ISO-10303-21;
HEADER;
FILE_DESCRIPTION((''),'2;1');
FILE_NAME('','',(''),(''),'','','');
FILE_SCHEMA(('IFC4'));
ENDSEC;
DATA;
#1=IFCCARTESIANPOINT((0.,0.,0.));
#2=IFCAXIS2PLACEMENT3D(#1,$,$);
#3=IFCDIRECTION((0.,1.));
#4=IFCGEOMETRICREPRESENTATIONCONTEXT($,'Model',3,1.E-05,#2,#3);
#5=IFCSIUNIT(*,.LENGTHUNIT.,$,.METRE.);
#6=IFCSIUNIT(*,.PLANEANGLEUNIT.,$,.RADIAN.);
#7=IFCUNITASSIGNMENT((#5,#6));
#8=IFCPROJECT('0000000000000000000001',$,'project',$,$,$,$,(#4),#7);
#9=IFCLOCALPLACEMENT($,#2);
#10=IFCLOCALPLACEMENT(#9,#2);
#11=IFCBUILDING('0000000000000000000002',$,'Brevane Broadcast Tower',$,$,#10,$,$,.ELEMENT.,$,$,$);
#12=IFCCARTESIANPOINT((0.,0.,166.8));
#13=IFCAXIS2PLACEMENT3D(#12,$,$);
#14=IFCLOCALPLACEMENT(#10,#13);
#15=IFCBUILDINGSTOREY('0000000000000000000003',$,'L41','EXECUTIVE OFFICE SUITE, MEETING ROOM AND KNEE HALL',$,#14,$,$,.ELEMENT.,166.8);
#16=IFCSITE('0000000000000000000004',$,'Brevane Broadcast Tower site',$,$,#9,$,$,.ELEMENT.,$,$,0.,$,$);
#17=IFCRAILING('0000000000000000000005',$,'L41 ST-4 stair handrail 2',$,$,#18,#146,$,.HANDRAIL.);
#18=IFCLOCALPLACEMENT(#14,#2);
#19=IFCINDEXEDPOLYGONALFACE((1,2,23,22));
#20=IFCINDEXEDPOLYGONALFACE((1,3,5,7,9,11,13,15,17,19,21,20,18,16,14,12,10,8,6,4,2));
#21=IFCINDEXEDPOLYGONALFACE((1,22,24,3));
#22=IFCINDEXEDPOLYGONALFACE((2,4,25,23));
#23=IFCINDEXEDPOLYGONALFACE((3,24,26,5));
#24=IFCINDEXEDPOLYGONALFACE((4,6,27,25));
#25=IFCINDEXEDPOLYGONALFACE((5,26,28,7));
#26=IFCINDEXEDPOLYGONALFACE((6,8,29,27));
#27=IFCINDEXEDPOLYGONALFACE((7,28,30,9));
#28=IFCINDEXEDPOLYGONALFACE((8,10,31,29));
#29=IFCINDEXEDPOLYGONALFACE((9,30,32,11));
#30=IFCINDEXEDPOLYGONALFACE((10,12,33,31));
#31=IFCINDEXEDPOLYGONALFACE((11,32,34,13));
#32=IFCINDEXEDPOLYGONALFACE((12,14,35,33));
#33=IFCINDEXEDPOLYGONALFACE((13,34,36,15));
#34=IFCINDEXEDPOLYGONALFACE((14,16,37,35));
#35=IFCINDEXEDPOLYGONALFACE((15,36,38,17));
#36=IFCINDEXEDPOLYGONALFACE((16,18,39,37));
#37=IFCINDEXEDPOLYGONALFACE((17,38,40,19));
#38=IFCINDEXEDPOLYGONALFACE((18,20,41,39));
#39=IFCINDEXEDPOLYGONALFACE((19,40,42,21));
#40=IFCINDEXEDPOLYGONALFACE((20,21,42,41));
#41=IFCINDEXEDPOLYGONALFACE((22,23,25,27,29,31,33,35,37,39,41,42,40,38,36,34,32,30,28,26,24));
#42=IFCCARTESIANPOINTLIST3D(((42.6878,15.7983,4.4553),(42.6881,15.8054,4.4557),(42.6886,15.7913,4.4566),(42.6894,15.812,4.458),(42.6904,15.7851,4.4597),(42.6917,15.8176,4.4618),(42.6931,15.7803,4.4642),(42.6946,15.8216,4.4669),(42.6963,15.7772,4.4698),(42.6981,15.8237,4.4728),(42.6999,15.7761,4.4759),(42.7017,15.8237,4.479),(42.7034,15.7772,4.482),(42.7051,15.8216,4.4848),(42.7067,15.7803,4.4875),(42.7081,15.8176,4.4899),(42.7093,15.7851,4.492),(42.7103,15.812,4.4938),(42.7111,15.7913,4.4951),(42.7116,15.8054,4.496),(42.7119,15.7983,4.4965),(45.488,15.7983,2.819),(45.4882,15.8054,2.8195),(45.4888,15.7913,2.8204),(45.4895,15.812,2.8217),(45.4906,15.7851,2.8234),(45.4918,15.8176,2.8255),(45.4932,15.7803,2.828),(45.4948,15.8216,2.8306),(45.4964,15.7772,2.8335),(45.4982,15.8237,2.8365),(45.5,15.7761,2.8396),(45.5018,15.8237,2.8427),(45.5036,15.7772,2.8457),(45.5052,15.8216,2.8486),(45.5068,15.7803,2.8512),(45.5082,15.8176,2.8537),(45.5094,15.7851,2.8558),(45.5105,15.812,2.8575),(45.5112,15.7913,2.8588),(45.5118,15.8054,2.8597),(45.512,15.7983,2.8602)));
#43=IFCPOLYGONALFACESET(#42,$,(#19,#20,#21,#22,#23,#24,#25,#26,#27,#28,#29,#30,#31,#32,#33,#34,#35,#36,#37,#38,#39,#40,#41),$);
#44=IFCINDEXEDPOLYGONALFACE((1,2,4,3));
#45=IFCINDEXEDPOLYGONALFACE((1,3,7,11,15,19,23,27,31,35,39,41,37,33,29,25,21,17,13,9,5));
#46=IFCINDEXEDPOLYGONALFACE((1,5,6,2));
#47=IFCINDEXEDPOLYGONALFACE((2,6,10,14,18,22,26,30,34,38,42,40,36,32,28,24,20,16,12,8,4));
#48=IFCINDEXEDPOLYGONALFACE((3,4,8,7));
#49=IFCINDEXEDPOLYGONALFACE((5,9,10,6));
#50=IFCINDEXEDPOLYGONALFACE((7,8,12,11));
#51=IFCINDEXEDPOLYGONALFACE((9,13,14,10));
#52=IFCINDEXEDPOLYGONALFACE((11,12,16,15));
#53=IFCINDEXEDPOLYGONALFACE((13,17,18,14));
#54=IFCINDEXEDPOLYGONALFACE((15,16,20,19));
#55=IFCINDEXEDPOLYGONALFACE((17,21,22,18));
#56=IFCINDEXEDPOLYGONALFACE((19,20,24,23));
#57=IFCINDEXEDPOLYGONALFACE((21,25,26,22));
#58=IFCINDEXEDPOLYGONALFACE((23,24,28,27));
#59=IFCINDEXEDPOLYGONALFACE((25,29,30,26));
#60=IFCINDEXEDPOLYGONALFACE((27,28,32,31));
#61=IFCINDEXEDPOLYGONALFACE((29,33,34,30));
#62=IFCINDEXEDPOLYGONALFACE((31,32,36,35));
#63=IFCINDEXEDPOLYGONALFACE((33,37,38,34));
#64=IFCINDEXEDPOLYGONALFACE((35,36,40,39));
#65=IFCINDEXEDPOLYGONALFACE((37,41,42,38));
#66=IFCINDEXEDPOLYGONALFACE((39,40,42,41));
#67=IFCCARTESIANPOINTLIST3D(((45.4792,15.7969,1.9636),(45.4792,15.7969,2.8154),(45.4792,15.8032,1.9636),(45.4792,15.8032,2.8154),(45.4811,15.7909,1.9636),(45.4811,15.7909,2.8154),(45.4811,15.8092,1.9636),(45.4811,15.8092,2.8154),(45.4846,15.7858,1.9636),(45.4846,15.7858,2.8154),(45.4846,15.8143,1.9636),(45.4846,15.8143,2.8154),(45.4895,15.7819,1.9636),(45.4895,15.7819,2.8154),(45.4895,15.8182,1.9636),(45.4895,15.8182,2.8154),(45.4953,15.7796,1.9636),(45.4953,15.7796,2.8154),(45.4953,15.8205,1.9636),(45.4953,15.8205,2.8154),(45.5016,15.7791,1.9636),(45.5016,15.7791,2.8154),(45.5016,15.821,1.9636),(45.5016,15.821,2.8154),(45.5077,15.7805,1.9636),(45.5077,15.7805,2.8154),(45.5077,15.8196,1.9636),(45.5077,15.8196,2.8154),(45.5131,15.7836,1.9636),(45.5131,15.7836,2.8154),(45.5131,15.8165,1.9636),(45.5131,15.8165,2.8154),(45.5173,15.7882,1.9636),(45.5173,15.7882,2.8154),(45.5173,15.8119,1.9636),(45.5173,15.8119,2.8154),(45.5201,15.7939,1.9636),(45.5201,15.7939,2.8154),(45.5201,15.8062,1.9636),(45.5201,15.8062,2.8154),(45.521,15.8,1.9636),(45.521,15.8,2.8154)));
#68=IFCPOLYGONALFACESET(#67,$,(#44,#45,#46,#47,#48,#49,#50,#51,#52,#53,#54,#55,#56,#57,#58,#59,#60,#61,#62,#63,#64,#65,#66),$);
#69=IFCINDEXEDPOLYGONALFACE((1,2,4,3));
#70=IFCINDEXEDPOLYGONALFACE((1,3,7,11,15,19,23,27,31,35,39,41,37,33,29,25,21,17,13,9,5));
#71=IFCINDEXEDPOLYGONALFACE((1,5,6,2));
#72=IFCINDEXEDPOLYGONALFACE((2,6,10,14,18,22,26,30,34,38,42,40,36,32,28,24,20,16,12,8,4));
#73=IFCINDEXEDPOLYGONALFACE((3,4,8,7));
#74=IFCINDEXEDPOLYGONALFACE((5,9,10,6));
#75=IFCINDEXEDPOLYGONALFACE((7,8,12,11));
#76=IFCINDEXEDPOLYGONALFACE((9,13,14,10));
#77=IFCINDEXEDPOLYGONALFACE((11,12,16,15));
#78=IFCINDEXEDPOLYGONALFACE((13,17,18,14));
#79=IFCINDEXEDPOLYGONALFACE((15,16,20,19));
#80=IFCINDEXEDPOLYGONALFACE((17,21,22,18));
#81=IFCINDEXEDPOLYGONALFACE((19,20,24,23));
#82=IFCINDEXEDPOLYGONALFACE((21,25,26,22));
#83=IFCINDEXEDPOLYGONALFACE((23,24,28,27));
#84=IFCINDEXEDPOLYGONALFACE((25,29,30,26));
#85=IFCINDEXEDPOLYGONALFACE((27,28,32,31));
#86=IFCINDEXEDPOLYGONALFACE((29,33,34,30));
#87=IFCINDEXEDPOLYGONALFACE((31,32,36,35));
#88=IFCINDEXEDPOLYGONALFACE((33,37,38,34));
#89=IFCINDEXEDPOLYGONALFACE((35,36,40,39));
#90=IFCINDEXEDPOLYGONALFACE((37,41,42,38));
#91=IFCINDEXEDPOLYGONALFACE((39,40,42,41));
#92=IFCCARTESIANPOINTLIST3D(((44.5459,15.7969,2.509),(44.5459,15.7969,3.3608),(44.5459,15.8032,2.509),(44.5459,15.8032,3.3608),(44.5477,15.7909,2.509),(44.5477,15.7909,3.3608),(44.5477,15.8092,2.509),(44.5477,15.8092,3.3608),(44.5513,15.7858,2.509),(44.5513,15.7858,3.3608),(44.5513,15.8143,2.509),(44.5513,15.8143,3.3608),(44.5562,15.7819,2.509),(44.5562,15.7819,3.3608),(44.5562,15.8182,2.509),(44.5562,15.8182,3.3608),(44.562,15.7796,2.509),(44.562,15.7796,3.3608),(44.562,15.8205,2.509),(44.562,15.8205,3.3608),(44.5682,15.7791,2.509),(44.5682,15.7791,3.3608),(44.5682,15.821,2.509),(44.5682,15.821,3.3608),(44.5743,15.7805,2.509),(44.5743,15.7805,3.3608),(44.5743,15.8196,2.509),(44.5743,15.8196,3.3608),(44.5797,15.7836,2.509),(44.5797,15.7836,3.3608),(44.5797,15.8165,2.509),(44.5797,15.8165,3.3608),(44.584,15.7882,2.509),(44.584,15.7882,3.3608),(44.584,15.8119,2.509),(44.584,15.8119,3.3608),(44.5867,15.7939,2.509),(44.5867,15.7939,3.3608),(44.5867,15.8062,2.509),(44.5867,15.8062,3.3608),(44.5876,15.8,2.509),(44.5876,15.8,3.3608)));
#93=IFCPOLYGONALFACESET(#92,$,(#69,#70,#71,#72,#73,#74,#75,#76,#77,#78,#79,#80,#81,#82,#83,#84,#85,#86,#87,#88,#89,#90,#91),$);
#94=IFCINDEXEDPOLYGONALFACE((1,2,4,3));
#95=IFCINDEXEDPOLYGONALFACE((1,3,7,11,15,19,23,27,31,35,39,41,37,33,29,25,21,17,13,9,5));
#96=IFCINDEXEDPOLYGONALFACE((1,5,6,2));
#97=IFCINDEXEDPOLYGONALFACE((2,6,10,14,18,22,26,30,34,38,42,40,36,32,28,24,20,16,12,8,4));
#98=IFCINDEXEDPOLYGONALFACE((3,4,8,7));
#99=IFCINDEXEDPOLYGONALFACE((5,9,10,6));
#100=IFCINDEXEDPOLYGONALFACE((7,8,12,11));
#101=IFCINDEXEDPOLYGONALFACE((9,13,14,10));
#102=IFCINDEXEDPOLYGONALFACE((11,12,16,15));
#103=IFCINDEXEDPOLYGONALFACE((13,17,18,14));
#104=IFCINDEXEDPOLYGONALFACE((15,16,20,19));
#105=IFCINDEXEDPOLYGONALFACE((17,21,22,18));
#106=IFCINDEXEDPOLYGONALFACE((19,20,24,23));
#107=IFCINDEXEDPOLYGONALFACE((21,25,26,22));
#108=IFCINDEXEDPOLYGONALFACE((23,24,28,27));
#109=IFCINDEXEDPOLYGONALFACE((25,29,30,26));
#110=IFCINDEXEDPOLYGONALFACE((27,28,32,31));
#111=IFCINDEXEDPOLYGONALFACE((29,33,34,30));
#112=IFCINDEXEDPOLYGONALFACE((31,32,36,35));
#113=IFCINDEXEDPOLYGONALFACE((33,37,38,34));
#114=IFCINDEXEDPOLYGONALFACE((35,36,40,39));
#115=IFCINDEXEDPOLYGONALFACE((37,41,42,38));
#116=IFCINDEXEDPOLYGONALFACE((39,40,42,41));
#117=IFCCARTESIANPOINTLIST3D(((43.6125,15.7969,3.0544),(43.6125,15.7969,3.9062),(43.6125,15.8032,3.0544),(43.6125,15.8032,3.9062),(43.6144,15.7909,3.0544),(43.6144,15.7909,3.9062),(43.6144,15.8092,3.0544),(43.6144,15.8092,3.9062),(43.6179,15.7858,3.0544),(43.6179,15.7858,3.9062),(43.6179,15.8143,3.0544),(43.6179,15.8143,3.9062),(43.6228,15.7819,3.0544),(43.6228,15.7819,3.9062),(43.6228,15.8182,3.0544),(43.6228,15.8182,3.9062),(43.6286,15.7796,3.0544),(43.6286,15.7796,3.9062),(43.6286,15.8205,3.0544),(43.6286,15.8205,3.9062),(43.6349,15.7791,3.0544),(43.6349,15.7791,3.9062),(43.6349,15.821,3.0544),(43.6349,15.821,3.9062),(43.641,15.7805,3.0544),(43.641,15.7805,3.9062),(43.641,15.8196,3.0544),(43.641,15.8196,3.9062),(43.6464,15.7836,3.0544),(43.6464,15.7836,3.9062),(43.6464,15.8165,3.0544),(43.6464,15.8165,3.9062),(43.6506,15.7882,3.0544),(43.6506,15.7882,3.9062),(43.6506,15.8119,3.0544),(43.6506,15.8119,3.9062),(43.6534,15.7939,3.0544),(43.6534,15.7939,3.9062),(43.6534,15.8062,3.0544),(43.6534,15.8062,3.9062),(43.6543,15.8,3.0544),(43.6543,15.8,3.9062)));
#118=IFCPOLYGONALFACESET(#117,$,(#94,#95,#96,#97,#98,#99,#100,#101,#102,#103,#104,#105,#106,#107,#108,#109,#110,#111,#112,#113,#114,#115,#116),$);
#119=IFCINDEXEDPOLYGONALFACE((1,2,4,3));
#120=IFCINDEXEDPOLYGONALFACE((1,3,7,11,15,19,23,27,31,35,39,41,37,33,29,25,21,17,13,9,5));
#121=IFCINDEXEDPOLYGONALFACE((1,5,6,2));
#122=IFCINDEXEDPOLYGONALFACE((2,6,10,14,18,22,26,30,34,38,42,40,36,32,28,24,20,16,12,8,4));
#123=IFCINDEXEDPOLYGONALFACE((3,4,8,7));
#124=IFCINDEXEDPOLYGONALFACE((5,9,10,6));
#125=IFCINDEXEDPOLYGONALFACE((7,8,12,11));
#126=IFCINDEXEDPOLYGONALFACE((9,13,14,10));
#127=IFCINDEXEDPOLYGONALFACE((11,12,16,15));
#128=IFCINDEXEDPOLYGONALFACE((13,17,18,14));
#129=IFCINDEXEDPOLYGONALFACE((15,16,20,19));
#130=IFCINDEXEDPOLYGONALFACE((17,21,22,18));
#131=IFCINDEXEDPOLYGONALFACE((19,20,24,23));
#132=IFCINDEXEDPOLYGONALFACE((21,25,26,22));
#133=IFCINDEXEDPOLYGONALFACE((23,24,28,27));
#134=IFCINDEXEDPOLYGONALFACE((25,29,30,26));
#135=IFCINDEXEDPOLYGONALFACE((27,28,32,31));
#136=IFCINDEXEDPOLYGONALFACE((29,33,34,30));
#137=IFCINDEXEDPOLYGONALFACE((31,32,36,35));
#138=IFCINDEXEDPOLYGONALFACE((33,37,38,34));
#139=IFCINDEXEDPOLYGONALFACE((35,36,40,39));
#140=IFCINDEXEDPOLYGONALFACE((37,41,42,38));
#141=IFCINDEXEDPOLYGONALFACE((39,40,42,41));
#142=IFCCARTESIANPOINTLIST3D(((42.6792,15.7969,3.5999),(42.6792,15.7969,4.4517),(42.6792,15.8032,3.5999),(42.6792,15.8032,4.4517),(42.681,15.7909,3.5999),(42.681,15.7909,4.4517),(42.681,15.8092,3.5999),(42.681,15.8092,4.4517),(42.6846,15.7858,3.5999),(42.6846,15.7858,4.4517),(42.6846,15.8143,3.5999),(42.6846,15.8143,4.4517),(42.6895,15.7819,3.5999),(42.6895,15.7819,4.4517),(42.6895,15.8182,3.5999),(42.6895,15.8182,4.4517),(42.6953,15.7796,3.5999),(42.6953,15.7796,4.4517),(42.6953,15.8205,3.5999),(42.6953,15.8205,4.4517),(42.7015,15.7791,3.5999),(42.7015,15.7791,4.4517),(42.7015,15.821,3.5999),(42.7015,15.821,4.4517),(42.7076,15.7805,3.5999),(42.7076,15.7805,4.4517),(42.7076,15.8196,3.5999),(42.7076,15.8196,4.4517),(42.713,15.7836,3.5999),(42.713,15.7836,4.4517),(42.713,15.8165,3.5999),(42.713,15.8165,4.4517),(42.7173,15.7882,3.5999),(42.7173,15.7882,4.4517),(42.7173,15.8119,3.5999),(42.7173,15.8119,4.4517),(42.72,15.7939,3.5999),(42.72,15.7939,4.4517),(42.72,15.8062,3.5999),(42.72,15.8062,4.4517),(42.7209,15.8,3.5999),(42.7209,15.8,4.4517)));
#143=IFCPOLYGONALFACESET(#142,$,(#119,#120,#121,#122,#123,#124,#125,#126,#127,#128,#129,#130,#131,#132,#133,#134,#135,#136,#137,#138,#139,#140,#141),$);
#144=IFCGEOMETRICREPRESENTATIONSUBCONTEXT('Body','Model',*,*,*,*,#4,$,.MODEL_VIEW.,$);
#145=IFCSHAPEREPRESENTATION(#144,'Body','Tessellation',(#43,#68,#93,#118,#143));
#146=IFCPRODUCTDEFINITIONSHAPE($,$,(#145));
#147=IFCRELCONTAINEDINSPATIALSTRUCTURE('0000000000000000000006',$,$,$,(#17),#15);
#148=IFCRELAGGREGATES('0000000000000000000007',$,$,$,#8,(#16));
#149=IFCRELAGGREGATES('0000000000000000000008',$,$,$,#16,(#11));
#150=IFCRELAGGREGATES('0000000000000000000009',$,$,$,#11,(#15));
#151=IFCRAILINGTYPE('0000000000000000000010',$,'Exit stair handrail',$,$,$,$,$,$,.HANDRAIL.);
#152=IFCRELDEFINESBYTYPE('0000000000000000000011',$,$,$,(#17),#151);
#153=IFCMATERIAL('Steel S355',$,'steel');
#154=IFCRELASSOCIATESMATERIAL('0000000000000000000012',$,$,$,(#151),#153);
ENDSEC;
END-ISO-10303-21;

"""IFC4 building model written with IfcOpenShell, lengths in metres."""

from ifc_helpers import new_model, si_unit, direction, frame, origin, origin_2d, place, context, subcontext, project, spatial, circle, extrude, material, type_object, element, save


model = new_model("IFC4")

# Units and contexts
model_context = context("Model", 3, precision=1e-05, world=origin(), true_north=direction((0.0, 1.0)))
body_context = subcontext(model_context, "Body", "Model", "MODEL_VIEW")
ifc_project = project(units=[si_unit("LENGTHUNIT", "METRE"), si_unit("PLANEANGLEUNIT", "RADIAN")], contexts=[model_context])

# Site, building, storey
site_placement = place(None, origin())
site = spatial("IfcSite", under=ifc_project, at=site_placement, Name="Brevane Broadcast Tower site", CompositionType="ELEMENT", RefElevation=0.0)
building_placement = place(site_placement, origin())
building = spatial("IfcBuilding", under=site, at=building_placement, Name="Brevane Broadcast Tower", CompositionType="ELEMENT")
storey_placement = place(building_placement, frame((0.0, 0.0, 166.8)))
storey = spatial("IfcBuildingStorey", under=building, at=storey_placement, Name="L41", Description="EXECUTIVE OFFICE SUITE, MEETING ROOM AND KNEE HALL", CompositionType="ELEMENT", Elevation=166.8)

# Railing
ifc_material_1 = material(Name="Steel S355", Category="steel")
railing_type_1 = type_object("IfcRailingType", Name="Exit stair handrail", PredefinedType="HANDRAIL", material=ifc_material_1)
railing_1_placement = place(storey_placement, frame((45.5, 15.8, 1.9636)))
element("IfcRailing", 1, at=railing_1_placement, inside=storey, type_object=railing_type_1, Name="L41 ST-4 stair handrail 2", PredefinedType="HANDRAIL", context=body_context, shape_type="SweptSolid", body=[
    extrude(circle(Radius=0.0239, at=origin_2d()), frame((0.0, 0.0, 0.876), z_axis=(-0.863394, 0.0, 0.504531), x_axis=(0.0, -1.0, 0.0)), (0.0, 0.0, 1.0), 3.2432),
    extrude(circle(Radius=0.021, at=origin_2d()), origin(), (0.0, 0.0, 1.0), 0.8518),
    extrude(circle(Radius=0.021, at=origin_2d()), frame((-0.9333, 0.0, 0.5454)), (0.0, 0.0, 1.0), 0.8518),
    extrude(circle(Radius=0.021, at=origin_2d()), frame((-1.8667, 0.0, 1.0908)), (0.0, 0.0, 1.0), 0.8518),
    extrude(circle(Radius=0.021, at=origin_2d()), frame((-2.8, 0.0, 1.6362)), (0.0, 0.0, 1.0), 0.8518),
])

save(model, "model.ifc")
